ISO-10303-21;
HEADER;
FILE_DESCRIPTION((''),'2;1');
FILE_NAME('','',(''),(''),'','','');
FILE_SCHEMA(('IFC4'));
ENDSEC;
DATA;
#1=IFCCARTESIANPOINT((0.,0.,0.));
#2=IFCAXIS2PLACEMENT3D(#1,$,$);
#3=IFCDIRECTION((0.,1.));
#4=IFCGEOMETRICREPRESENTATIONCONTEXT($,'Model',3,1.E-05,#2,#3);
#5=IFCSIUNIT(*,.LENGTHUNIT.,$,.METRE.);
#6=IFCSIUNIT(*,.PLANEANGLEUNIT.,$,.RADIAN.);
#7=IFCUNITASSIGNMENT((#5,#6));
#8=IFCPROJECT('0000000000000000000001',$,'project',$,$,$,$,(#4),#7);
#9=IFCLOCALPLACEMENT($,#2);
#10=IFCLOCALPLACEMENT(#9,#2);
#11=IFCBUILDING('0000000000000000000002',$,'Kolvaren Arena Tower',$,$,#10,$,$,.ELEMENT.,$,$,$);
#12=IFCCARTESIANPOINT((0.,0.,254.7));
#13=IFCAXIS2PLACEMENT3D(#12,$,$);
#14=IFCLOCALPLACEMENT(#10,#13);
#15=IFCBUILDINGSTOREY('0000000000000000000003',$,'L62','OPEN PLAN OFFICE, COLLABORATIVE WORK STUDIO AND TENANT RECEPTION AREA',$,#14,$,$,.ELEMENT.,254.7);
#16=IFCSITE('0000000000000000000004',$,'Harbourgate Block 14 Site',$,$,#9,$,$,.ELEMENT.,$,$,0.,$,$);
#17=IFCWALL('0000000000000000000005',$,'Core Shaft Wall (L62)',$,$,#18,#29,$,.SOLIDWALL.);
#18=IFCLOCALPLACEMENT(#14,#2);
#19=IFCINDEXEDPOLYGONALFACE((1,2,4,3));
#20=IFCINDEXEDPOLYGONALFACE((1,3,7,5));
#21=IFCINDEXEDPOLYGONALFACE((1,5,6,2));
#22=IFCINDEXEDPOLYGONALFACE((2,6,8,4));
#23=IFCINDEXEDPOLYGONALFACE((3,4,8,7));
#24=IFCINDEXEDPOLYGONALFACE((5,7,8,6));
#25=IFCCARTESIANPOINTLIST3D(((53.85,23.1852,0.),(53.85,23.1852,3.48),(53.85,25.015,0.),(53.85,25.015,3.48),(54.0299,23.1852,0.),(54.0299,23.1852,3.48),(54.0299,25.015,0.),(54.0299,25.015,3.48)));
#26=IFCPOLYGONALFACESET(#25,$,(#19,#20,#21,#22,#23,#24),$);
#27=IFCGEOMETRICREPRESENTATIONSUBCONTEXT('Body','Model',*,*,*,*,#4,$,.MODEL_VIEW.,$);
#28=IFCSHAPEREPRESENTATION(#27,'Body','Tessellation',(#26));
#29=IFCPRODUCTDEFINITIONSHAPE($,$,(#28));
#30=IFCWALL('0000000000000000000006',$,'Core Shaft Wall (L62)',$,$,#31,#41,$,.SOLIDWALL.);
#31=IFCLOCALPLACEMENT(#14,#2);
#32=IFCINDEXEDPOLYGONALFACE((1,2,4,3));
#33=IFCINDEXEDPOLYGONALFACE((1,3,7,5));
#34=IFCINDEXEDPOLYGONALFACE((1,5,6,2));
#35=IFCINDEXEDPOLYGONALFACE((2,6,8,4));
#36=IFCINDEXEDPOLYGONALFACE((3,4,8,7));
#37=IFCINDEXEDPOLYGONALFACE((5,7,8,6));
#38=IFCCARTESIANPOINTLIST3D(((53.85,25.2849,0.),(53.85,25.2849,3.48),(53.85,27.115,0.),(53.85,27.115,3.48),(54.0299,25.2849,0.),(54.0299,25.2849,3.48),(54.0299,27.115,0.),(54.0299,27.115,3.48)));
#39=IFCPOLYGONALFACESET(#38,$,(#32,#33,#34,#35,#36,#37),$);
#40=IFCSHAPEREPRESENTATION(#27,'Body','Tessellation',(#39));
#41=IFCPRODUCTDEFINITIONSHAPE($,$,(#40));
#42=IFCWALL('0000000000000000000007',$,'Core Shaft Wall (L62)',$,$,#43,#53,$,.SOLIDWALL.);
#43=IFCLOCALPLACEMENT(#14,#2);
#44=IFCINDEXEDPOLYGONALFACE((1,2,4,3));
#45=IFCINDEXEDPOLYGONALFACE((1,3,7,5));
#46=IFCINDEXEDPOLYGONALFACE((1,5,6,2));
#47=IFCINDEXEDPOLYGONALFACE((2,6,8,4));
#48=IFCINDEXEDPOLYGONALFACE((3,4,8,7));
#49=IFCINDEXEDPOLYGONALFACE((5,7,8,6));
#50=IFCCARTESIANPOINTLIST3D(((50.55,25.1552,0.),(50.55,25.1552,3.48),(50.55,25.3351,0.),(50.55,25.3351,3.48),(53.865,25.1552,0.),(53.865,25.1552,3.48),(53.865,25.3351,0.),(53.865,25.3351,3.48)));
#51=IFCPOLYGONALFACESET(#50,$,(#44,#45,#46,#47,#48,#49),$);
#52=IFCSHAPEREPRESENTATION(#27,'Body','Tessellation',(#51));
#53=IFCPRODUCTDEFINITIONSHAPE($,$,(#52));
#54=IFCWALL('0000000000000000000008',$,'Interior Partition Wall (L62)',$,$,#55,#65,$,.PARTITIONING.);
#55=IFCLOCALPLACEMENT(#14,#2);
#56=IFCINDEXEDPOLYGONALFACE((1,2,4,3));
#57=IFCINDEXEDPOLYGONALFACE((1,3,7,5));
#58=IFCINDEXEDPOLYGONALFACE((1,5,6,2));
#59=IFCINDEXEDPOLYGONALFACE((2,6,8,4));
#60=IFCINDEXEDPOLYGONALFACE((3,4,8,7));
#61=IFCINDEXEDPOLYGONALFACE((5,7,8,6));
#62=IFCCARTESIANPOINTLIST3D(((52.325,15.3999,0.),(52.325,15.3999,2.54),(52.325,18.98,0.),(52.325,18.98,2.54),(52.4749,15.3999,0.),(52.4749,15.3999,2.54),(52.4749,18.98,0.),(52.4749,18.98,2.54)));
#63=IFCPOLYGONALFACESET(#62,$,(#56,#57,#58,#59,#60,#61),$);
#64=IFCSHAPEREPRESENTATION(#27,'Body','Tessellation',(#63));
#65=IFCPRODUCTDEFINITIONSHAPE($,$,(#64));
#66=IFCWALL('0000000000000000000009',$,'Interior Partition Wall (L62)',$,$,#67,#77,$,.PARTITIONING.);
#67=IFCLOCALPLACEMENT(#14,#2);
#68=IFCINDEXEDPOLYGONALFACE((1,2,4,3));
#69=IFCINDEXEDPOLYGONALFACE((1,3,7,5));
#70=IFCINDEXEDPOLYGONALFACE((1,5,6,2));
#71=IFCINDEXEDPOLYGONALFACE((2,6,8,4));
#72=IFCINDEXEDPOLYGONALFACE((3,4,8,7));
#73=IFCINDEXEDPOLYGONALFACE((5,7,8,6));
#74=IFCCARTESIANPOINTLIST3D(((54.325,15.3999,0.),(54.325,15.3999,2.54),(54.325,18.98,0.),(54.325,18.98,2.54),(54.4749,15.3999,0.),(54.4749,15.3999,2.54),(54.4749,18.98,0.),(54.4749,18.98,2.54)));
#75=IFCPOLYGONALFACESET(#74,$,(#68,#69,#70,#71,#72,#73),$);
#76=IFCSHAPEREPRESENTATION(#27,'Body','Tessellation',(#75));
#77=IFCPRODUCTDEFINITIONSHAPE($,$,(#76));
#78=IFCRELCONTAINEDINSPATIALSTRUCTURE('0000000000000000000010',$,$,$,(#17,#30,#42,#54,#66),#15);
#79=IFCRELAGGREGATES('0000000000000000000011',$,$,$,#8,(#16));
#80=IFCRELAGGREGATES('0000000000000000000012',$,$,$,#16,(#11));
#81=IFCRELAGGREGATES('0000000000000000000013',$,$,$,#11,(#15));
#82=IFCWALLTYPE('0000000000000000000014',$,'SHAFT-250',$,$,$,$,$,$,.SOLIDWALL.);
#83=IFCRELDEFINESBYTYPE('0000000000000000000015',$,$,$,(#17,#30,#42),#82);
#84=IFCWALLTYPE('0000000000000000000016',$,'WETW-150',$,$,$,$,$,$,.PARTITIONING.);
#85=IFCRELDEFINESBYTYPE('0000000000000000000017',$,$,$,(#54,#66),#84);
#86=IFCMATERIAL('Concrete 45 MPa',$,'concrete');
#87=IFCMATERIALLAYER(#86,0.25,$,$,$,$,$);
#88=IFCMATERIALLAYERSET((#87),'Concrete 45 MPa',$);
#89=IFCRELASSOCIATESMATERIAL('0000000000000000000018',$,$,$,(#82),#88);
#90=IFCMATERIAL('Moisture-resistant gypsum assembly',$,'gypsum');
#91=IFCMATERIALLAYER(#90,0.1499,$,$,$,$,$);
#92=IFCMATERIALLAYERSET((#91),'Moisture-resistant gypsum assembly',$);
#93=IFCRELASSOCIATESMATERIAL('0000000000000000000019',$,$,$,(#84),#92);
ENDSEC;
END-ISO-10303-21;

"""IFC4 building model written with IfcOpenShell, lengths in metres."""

from ifc_helpers import new_model, si_unit, direction, frame, frame_2d, origin, place, context, subcontext, project, spatial, rectangle, extrude, material, layer, layer_set, type_object, element, save


model = new_model("IFC4")

# Units and contexts
model_context = context("Model", 3, precision=1e-05, world=origin(), true_north=direction((0.0, 1.0)))
body_context = subcontext(model_context, "Body", "Model", "MODEL_VIEW")
ifc_project = project(units=[si_unit("LENGTHUNIT", "METRE"), si_unit("PLANEANGLEUNIT", "RADIAN")], contexts=[model_context])

# Site, building, storey
site_placement = place(None, origin())
site = spatial("IfcSite", under=ifc_project, at=site_placement, Name="Harbourgate Block 14 Site", CompositionType="ELEMENT", RefElevation=0.0)
building_placement = place(site_placement, origin())
building = spatial("IfcBuilding", under=site, at=building_placement, Name="Kolvaren Arena Tower", CompositionType="ELEMENT")
storey_placement = place(building_placement, frame((0.0, 0.0, 254.7)))
storey = spatial("IfcBuildingStorey", under=building, at=storey_placement, Name="L62", Description="OPEN PLAN OFFICE, COLLABORATIVE WORK STUDIO AND TENANT RECEPTION AREA", CompositionType="ELEMENT", Elevation=254.7)

# Shared definitions
ifc_material_1 = material(Name="Concrete 45 MPa", Category="concrete")
ifc_layer_1 = layer(ifc_material_1, 0.25)
ifc_layer_set_1 = layer_set([ifc_layer_1], Name="Concrete 45 MPa")
wall_type_1 = type_object("IfcWallType", Name="SHAFT-250", PredefinedType="SOLIDWALL", material=ifc_layer_set_1)

# Walls
wall_1_placement = place(storey_placement, frame((53.9399, 23.1851, 0.0), z_axis=(0.0, 0.0, 1.0), x_axis=(0.0, 1.0, 0.0)))
element("IfcWall", 1, at=wall_1_placement, inside=storey, type_object=wall_type_1, Name="Core Shaft Wall (L62)", PredefinedType="SOLIDWALL", context=body_context, shape_type="SweptSolid", body=[
    extrude(rectangle(XDim=1.8298, YDim=0.1799, at=frame_2d((0.915, 0.0))), origin(), (0.0, 0.0, 1.0), 3.48),
])
wall_2_placement = place(storey_placement, frame((53.9399, 25.2849, 0.0), z_axis=(0.0, 0.0, 1.0), x_axis=(0.0, 1.0, 0.0)))
element("IfcWall", 2, at=wall_2_placement, inside=storey, type_object=wall_type_1, Name="Core Shaft Wall (L62)", PredefinedType="SOLIDWALL", context=body_context, shape_type="SweptSolid", body=[
    extrude(rectangle(XDim=1.8301, YDim=0.1799, at=frame_2d((0.915, 0.0))), origin(), (0.0, 0.0, 1.0), 3.48),
])
wall_3_placement = place(storey_placement, frame((50.55, 25.2451, 0.0), z_axis=(0.0, 0.0, 1.0), x_axis=(1.0, 0.0, 0.0)))
element("IfcWall", 3, at=wall_3_placement, inside=storey, type_object=wall_type_1, Name="Core Shaft Wall (L62)", PredefinedType="SOLIDWALL", context=body_context, shape_type="SweptSolid", body=[
    extrude(rectangle(XDim=3.3149, YDim=0.1799, at=frame_2d((1.6575, 0.0))), origin(), (0.0, 0.0, 1.0), 3.48),
])
ifc_material_2 = material(Name="Moisture-resistant gypsum assembly", Category="gypsum")
ifc_layer_2 = layer(ifc_material_2, 0.1499)
ifc_layer_set_2 = layer_set([ifc_layer_2], Name="Moisture-resistant gypsum assembly")
wall_type_2 = type_object("IfcWallType", Name="WETW-150", PredefinedType="PARTITIONING", material=ifc_layer_set_2)
for number, where, z_axis, x_axis, name in (
    (4, (52.3999, 15.3999, 0.0), (0.0, 0.0, 1.0), (0.0, 1.0, 0.0), "Interior Partition Wall (L62)"),
    (5, (54.3999, 15.3999, 0.0), (0.0, 0.0, 1.0), (0.0, 1.0, 0.0), "Interior Partition Wall (L62)"),
):
    element("IfcWall", number, at=place(storey_placement, frame(where, z_axis=z_axis, x_axis=x_axis)), inside=storey, type_object=wall_type_2, Name=name, PredefinedType="PARTITIONING", context=body_context, shape_type="SweptSolid", body=[
        extrude(rectangle(XDim=3.5801, YDim=0.1499, at=frame_2d((1.79, 0.0))), origin(), (0.0, 0.0, 1.0), 2.54),
    ])

save(model, "model.ifc")
